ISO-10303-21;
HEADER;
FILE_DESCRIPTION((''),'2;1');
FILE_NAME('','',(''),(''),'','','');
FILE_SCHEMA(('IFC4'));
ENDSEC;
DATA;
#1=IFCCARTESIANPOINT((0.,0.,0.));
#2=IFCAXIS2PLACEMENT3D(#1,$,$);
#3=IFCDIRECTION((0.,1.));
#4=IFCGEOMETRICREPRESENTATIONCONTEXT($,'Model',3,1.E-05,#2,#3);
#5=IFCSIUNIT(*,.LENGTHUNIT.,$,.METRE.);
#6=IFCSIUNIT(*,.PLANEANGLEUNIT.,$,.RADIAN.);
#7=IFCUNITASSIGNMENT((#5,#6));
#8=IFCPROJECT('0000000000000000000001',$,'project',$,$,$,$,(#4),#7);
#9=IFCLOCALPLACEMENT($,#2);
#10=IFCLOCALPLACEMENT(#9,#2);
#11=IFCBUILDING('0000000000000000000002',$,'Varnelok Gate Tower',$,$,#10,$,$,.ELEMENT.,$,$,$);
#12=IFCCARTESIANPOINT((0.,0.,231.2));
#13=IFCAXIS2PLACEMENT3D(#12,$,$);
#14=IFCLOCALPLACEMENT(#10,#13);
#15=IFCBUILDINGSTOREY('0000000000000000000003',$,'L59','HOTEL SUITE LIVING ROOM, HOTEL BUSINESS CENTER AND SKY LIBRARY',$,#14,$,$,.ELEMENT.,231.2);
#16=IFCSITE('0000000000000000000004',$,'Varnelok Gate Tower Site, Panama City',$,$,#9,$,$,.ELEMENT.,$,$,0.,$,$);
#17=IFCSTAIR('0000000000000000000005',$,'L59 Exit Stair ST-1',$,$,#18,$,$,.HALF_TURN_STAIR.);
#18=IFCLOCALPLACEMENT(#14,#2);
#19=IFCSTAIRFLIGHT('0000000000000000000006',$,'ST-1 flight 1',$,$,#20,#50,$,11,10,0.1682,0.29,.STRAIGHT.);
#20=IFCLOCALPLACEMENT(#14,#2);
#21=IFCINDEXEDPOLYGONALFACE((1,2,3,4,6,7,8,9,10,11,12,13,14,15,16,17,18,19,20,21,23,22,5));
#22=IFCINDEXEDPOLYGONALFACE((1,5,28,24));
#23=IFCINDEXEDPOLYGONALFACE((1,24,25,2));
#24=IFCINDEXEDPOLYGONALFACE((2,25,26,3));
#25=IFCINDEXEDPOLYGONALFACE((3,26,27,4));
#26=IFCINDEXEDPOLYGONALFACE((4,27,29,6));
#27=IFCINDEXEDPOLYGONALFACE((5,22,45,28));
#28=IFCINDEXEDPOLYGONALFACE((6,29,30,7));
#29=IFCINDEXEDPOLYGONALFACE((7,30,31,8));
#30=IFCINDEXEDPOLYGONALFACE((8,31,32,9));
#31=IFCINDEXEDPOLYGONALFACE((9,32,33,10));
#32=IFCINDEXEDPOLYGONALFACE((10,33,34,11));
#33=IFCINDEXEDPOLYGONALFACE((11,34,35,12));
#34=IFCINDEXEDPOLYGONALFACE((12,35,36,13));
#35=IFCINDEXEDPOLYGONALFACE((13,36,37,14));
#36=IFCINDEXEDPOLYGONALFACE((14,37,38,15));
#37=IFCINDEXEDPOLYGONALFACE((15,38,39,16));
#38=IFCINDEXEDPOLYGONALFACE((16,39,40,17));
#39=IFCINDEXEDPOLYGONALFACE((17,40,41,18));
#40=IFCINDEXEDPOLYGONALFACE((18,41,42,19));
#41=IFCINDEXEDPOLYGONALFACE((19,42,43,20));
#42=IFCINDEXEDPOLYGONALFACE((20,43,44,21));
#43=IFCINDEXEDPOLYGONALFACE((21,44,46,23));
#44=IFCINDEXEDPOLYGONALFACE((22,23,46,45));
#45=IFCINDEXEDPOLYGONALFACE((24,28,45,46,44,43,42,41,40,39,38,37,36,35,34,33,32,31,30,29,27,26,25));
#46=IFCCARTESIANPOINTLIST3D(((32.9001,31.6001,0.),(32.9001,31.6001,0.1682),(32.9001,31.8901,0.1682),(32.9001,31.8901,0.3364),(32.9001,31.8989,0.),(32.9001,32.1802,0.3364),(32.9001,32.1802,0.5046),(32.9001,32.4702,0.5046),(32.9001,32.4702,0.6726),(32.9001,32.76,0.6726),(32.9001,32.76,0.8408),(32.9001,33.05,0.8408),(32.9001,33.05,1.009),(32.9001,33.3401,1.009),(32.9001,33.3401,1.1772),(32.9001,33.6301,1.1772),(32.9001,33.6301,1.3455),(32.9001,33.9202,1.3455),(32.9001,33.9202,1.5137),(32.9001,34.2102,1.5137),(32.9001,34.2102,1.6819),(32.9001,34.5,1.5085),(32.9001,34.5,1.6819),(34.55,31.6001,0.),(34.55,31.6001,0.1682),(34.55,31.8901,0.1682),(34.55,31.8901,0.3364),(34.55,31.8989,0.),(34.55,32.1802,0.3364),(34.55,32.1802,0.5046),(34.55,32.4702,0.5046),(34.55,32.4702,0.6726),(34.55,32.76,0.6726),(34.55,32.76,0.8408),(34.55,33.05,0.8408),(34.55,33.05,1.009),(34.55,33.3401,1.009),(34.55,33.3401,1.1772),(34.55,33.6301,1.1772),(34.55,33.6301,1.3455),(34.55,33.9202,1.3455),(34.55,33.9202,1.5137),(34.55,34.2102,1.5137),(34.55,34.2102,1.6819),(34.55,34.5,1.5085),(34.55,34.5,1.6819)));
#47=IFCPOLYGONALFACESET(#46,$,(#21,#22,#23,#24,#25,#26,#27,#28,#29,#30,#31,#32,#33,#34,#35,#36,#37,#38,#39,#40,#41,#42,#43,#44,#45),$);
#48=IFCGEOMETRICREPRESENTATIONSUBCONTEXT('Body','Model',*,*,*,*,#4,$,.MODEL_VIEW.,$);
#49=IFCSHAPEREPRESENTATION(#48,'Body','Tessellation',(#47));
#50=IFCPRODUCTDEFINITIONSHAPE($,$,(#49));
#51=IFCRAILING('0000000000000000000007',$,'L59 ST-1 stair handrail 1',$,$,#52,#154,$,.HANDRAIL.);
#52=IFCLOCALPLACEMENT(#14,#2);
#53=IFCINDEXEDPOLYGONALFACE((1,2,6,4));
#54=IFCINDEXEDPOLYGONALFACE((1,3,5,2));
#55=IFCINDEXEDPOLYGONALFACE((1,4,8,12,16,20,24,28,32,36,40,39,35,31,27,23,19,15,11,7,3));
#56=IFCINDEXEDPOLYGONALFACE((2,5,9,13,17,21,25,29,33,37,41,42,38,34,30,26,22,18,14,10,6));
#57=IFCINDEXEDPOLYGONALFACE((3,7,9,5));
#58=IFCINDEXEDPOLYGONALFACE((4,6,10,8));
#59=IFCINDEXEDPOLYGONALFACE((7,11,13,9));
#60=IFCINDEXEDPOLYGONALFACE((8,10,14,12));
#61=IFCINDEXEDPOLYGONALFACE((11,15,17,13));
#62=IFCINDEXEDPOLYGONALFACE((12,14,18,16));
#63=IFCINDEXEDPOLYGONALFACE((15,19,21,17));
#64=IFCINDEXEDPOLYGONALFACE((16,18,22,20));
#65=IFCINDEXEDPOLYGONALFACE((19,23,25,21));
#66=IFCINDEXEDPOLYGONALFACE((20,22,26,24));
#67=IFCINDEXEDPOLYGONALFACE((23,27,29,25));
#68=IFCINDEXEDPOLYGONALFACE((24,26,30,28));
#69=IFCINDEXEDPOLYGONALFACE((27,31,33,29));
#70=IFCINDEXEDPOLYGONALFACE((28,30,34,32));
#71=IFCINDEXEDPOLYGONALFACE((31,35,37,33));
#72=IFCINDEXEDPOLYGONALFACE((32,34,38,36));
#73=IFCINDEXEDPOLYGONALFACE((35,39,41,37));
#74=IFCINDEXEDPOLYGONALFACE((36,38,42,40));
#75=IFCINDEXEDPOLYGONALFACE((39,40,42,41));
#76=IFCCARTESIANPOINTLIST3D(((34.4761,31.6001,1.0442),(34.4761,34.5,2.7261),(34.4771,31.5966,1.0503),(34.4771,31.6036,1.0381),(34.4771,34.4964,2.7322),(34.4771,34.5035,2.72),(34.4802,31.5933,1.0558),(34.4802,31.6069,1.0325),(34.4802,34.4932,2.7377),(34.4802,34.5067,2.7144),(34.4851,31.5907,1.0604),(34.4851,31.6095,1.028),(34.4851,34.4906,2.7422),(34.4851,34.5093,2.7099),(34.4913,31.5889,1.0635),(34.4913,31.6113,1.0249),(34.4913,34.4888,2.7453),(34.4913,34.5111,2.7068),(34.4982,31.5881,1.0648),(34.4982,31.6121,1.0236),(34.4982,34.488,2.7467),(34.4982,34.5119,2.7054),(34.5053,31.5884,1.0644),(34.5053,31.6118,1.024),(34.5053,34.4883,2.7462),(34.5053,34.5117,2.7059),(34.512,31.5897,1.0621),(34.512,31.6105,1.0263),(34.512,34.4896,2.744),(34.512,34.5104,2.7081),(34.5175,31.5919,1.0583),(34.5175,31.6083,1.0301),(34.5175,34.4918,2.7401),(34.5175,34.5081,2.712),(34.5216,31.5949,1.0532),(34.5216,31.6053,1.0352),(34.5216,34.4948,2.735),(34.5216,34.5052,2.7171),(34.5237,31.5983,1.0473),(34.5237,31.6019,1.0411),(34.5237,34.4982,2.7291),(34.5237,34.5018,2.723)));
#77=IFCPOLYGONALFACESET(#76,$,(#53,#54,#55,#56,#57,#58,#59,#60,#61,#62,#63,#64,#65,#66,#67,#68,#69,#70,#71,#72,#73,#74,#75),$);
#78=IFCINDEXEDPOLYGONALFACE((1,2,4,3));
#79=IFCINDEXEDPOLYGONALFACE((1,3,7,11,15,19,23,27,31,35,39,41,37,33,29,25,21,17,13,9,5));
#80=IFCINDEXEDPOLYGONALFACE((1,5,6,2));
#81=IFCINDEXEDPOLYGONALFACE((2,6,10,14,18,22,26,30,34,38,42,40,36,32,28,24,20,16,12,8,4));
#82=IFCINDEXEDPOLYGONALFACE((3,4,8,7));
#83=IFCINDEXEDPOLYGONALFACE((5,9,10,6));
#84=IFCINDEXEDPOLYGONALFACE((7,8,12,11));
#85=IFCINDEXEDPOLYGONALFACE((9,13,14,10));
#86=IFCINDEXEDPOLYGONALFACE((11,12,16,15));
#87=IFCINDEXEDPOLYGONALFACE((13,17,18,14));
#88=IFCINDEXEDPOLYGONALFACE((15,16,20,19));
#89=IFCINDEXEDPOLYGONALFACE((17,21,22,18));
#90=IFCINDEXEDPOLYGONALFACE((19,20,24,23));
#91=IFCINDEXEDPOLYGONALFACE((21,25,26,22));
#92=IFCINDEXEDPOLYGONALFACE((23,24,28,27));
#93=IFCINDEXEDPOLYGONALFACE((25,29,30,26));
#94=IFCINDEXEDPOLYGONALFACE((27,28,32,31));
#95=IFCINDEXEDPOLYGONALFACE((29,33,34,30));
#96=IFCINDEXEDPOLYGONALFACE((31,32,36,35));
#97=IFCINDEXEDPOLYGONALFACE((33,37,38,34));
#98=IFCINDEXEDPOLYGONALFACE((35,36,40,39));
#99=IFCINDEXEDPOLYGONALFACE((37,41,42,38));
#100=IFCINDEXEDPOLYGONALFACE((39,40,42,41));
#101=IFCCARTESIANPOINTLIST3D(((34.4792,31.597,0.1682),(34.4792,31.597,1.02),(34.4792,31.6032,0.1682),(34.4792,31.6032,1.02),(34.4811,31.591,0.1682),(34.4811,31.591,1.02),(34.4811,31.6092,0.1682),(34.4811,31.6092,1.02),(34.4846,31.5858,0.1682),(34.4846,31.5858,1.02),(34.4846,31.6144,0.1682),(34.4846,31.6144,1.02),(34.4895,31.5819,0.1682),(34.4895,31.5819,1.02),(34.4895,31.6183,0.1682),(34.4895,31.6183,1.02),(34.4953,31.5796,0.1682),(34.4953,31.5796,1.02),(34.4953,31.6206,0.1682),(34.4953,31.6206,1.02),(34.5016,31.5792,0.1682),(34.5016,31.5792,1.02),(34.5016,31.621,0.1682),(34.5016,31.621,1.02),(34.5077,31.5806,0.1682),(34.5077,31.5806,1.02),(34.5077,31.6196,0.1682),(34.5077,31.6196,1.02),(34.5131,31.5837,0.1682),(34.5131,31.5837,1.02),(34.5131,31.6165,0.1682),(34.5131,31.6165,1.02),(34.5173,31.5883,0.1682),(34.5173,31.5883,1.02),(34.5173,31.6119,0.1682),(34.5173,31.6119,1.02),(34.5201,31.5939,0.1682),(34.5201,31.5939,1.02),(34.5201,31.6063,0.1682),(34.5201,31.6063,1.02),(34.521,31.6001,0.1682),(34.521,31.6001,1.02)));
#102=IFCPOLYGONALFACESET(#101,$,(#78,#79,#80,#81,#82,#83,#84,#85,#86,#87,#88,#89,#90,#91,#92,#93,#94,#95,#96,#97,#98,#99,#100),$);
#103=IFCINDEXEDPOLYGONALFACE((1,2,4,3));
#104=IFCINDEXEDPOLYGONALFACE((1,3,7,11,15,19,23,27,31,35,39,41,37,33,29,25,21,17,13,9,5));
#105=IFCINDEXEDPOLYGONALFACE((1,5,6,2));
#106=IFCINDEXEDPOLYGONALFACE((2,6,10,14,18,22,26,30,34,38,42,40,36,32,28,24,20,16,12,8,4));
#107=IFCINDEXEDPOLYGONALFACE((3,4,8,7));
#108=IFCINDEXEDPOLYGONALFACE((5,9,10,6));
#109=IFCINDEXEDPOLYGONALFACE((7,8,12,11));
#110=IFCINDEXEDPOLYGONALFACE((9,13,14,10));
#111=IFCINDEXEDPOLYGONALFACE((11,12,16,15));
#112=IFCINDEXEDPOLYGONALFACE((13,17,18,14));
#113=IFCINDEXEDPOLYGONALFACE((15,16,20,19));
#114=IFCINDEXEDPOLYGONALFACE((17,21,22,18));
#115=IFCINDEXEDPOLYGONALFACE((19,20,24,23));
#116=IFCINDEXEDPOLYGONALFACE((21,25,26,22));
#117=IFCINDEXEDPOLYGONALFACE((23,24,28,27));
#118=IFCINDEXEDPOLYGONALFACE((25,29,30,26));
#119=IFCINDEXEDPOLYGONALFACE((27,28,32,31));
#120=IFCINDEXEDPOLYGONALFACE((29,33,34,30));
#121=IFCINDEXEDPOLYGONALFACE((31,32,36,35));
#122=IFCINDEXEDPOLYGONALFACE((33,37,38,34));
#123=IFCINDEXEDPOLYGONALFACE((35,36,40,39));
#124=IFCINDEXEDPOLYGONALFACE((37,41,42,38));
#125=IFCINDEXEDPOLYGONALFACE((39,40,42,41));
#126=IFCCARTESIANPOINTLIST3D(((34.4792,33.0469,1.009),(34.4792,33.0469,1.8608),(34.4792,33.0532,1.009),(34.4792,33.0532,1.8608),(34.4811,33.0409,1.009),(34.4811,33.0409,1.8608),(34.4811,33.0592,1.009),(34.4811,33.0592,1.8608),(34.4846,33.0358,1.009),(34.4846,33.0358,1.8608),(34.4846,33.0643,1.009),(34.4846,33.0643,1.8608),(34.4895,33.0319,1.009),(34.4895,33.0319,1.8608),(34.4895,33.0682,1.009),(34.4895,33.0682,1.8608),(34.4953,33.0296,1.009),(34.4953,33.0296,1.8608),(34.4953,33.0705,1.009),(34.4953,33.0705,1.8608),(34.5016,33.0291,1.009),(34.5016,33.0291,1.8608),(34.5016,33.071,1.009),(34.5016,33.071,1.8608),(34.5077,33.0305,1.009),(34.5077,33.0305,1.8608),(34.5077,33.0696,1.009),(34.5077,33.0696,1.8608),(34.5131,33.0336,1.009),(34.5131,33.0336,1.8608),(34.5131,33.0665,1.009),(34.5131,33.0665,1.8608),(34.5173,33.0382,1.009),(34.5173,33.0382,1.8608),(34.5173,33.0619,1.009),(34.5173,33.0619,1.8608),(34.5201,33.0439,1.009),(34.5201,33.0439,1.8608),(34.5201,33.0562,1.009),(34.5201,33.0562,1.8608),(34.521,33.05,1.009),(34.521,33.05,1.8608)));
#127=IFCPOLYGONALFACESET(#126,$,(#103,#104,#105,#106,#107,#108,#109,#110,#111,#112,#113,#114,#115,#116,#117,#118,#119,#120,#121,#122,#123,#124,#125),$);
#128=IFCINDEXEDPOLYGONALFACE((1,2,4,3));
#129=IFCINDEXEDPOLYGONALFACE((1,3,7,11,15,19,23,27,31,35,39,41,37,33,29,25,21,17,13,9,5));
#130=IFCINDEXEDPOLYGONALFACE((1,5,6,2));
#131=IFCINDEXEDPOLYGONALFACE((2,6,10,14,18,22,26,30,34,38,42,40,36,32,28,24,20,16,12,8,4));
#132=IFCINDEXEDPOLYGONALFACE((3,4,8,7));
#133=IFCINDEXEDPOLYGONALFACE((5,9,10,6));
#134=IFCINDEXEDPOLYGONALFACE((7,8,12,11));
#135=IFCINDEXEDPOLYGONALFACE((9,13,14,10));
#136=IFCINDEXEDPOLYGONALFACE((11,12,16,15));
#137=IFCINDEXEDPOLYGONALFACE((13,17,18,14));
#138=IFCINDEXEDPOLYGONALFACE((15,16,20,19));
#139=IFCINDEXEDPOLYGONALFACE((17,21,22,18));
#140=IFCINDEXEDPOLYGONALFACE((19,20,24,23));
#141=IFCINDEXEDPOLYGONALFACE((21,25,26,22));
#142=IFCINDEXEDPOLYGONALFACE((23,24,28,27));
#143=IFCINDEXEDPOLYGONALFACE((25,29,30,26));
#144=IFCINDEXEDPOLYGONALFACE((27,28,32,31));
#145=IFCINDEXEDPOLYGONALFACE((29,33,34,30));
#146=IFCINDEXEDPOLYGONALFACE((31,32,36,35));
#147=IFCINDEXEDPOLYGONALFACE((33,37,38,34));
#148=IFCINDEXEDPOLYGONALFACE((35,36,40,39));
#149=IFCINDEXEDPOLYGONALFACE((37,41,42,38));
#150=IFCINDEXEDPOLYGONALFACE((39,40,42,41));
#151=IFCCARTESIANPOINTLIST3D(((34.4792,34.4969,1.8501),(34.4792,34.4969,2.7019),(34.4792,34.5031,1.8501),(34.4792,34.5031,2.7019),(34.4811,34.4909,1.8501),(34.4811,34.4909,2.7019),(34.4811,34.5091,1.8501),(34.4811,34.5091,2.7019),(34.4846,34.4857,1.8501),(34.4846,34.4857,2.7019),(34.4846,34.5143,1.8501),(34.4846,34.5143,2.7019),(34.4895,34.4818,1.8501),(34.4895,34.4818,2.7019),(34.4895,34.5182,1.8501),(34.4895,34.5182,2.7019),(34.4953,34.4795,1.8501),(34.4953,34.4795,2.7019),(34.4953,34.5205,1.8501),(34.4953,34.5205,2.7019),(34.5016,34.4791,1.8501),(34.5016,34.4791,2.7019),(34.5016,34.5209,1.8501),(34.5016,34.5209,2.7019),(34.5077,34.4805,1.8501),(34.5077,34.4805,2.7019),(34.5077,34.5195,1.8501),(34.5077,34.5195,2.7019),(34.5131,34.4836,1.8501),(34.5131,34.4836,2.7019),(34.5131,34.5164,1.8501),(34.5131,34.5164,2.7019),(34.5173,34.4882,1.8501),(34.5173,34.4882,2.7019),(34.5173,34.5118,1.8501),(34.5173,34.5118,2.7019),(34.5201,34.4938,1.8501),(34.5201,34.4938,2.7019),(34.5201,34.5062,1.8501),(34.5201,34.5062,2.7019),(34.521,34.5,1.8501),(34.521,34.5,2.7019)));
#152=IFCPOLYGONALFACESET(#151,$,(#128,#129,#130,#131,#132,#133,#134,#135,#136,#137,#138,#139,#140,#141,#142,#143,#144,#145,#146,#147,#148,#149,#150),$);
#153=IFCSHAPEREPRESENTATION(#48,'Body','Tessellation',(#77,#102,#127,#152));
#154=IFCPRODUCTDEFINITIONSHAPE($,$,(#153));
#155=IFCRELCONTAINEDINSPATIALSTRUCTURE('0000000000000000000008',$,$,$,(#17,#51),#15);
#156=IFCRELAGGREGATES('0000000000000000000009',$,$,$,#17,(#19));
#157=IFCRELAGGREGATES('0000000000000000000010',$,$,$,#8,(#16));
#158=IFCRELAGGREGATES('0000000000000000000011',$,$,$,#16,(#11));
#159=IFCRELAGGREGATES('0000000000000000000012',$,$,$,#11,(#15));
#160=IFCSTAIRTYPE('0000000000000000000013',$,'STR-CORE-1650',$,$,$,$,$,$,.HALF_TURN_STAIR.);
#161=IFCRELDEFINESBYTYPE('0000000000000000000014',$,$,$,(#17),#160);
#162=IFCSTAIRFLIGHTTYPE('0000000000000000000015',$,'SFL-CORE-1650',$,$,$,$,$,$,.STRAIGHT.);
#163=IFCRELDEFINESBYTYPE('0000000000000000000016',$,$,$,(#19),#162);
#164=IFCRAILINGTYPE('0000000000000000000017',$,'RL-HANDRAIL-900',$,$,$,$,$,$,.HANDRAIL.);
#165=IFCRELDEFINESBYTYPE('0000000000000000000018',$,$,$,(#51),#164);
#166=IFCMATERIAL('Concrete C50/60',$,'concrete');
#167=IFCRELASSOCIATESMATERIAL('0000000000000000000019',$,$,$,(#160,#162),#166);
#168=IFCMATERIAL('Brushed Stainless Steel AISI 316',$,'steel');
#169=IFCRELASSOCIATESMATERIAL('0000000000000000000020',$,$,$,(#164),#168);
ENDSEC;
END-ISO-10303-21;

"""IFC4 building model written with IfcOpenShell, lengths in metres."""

from ifc_helpers import new_model, si_unit, direction, frame, origin, origin_2d, place, context, subcontext, project, spatial, polyline, circle, outline, extrude, material, type_object, element, aggregate, save


model = new_model("IFC4")

# Units and contexts
model_context = context("Model", 3, precision=1e-05, world=origin(), true_north=direction((0.0, 1.0)))
body_context = subcontext(model_context, "Body", "Model", "MODEL_VIEW")
ifc_project = project(units=[si_unit("LENGTHUNIT", "METRE"), si_unit("PLANEANGLEUNIT", "RADIAN")], contexts=[model_context])

# Site, building, storey
site_placement = place(None, origin())
site = spatial("IfcSite", under=ifc_project, at=site_placement, Name="Varnelok Gate Tower Site, Panama City", CompositionType="ELEMENT", RefElevation=0.0)
building_placement = place(site_placement, origin())
building = spatial("IfcBuilding", under=site, at=building_placement, Name="Varnelok Gate Tower", CompositionType="ELEMENT")
storey_placement = place(building_placement, frame((0.0, 0.0, 231.2)))
storey = spatial("IfcBuildingStorey", under=building, at=storey_placement, Name="L59", Description="HOTEL SUITE LIVING ROOM, HOTEL BUSINESS CENTER AND SKY LIBRARY", CompositionType="ELEMENT", Elevation=231.2)

# Stair, stair flight
ifc_material_1 = material(Name="Concrete C50/60", Category="concrete")
stair_type = type_object("IfcStairType", Name="STR-CORE-1650", PredefinedType="HALF_TURN_STAIR", material=ifc_material_1)
stair_placement = place(storey_placement, origin())
stair = element("IfcStair", 1, at=stair_placement, inside=storey, type_object=stair_type, Name="L59 Exit Stair ST-1", PredefinedType="HALF_TURN_STAIR")
stair_flight_type = type_object("IfcStairFlightType", Name="SFL-CORE-1650", PredefinedType="STRAIGHT", material=ifc_material_1)
stair_flight_placement = place(storey_placement, frame((33.7251, 31.6001, 0.0), z_axis=(0.0, 0.0, 1.0), x_axis=(0.0, 1.0, 0.0)))
stair_flight = element("IfcStairFlight", 2, at=stair_flight_placement, type_object=stair_flight_type, Name="ST-1 flight 1", NumberOfRisers=11, NumberOfTreads=10, PredefinedType="STRAIGHT", RiserHeight=0.1682, TreadLength=0.29, context=body_context, shape_type="SweptSolid", body=[
    extrude(outline(polyline([(0.0, 0.0), (0.0, 0.1682), (0.29, 0.1682), (0.29, 0.3364), (0.5801, 0.3364), (0.5801, 0.5046), (0.8701, 0.5046), (0.8701, 0.6726), (1.1599, 0.6726), (1.1599, 0.8408), (1.45, 0.8408), (1.45, 1.009), (1.74, 1.009), (1.74, 1.1772), (2.03, 1.1772), (2.03, 1.3455), (2.3201, 1.3455), (2.3201, 1.5137), (2.6101, 1.5137), (2.6101, 1.6819), (2.8999, 1.6819), (2.8999, 1.8501), (2.8999, 1.5085), (0.2988, 0.0), (0.0, 0.0)])), frame((0.0, 0.825, 0.0), z_axis=(0.0, -1.0, 0.0), x_axis=(1.0, 0.0, 0.0)), (0.0, 0.0, 1.0), 1.6499),
])
aggregate(stair, [stair_flight])

# Railing
ifc_material_2 = material(Name="Brushed Stainless Steel AISI 316", Category="steel")
railing_type_1 = type_object("IfcRailingType", Name="RL-HANDRAIL-900", PredefinedType="HANDRAIL", material=ifc_material_2)
railing_1_placement = place(storey_placement, frame((34.5, 31.6001, 0.1682)))
element("IfcRailing", 3, at=railing_1_placement, inside=storey, type_object=railing_type_1, Name="L59 ST-1 stair handrail 1", PredefinedType="HANDRAIL", context=body_context, shape_type="SweptSolid", body=[
    extrude(circle(Radius=0.0239, at=origin_2d()), frame((0.0, 0.0, 0.876), z_axis=(0.0, 0.865039, 0.501705), x_axis=(-1.0, 0.0, 0.0)), (0.0, 0.0, 1.0), 3.3523),
    extrude(circle(Radius=0.021, at=origin_2d()), origin(), (0.0, 0.0, 1.0), 0.8518),
    extrude(circle(Radius=0.021, at=origin_2d()), frame((0.0, 1.45, 0.8408)), (0.0, 0.0, 1.0), 0.8518),
    extrude(circle(Radius=0.021, at=origin_2d()), frame((0.0, 2.8999, 1.6819)), (0.0, 0.0, 1.0), 0.8518),
])

save(model, "model.ifc")
